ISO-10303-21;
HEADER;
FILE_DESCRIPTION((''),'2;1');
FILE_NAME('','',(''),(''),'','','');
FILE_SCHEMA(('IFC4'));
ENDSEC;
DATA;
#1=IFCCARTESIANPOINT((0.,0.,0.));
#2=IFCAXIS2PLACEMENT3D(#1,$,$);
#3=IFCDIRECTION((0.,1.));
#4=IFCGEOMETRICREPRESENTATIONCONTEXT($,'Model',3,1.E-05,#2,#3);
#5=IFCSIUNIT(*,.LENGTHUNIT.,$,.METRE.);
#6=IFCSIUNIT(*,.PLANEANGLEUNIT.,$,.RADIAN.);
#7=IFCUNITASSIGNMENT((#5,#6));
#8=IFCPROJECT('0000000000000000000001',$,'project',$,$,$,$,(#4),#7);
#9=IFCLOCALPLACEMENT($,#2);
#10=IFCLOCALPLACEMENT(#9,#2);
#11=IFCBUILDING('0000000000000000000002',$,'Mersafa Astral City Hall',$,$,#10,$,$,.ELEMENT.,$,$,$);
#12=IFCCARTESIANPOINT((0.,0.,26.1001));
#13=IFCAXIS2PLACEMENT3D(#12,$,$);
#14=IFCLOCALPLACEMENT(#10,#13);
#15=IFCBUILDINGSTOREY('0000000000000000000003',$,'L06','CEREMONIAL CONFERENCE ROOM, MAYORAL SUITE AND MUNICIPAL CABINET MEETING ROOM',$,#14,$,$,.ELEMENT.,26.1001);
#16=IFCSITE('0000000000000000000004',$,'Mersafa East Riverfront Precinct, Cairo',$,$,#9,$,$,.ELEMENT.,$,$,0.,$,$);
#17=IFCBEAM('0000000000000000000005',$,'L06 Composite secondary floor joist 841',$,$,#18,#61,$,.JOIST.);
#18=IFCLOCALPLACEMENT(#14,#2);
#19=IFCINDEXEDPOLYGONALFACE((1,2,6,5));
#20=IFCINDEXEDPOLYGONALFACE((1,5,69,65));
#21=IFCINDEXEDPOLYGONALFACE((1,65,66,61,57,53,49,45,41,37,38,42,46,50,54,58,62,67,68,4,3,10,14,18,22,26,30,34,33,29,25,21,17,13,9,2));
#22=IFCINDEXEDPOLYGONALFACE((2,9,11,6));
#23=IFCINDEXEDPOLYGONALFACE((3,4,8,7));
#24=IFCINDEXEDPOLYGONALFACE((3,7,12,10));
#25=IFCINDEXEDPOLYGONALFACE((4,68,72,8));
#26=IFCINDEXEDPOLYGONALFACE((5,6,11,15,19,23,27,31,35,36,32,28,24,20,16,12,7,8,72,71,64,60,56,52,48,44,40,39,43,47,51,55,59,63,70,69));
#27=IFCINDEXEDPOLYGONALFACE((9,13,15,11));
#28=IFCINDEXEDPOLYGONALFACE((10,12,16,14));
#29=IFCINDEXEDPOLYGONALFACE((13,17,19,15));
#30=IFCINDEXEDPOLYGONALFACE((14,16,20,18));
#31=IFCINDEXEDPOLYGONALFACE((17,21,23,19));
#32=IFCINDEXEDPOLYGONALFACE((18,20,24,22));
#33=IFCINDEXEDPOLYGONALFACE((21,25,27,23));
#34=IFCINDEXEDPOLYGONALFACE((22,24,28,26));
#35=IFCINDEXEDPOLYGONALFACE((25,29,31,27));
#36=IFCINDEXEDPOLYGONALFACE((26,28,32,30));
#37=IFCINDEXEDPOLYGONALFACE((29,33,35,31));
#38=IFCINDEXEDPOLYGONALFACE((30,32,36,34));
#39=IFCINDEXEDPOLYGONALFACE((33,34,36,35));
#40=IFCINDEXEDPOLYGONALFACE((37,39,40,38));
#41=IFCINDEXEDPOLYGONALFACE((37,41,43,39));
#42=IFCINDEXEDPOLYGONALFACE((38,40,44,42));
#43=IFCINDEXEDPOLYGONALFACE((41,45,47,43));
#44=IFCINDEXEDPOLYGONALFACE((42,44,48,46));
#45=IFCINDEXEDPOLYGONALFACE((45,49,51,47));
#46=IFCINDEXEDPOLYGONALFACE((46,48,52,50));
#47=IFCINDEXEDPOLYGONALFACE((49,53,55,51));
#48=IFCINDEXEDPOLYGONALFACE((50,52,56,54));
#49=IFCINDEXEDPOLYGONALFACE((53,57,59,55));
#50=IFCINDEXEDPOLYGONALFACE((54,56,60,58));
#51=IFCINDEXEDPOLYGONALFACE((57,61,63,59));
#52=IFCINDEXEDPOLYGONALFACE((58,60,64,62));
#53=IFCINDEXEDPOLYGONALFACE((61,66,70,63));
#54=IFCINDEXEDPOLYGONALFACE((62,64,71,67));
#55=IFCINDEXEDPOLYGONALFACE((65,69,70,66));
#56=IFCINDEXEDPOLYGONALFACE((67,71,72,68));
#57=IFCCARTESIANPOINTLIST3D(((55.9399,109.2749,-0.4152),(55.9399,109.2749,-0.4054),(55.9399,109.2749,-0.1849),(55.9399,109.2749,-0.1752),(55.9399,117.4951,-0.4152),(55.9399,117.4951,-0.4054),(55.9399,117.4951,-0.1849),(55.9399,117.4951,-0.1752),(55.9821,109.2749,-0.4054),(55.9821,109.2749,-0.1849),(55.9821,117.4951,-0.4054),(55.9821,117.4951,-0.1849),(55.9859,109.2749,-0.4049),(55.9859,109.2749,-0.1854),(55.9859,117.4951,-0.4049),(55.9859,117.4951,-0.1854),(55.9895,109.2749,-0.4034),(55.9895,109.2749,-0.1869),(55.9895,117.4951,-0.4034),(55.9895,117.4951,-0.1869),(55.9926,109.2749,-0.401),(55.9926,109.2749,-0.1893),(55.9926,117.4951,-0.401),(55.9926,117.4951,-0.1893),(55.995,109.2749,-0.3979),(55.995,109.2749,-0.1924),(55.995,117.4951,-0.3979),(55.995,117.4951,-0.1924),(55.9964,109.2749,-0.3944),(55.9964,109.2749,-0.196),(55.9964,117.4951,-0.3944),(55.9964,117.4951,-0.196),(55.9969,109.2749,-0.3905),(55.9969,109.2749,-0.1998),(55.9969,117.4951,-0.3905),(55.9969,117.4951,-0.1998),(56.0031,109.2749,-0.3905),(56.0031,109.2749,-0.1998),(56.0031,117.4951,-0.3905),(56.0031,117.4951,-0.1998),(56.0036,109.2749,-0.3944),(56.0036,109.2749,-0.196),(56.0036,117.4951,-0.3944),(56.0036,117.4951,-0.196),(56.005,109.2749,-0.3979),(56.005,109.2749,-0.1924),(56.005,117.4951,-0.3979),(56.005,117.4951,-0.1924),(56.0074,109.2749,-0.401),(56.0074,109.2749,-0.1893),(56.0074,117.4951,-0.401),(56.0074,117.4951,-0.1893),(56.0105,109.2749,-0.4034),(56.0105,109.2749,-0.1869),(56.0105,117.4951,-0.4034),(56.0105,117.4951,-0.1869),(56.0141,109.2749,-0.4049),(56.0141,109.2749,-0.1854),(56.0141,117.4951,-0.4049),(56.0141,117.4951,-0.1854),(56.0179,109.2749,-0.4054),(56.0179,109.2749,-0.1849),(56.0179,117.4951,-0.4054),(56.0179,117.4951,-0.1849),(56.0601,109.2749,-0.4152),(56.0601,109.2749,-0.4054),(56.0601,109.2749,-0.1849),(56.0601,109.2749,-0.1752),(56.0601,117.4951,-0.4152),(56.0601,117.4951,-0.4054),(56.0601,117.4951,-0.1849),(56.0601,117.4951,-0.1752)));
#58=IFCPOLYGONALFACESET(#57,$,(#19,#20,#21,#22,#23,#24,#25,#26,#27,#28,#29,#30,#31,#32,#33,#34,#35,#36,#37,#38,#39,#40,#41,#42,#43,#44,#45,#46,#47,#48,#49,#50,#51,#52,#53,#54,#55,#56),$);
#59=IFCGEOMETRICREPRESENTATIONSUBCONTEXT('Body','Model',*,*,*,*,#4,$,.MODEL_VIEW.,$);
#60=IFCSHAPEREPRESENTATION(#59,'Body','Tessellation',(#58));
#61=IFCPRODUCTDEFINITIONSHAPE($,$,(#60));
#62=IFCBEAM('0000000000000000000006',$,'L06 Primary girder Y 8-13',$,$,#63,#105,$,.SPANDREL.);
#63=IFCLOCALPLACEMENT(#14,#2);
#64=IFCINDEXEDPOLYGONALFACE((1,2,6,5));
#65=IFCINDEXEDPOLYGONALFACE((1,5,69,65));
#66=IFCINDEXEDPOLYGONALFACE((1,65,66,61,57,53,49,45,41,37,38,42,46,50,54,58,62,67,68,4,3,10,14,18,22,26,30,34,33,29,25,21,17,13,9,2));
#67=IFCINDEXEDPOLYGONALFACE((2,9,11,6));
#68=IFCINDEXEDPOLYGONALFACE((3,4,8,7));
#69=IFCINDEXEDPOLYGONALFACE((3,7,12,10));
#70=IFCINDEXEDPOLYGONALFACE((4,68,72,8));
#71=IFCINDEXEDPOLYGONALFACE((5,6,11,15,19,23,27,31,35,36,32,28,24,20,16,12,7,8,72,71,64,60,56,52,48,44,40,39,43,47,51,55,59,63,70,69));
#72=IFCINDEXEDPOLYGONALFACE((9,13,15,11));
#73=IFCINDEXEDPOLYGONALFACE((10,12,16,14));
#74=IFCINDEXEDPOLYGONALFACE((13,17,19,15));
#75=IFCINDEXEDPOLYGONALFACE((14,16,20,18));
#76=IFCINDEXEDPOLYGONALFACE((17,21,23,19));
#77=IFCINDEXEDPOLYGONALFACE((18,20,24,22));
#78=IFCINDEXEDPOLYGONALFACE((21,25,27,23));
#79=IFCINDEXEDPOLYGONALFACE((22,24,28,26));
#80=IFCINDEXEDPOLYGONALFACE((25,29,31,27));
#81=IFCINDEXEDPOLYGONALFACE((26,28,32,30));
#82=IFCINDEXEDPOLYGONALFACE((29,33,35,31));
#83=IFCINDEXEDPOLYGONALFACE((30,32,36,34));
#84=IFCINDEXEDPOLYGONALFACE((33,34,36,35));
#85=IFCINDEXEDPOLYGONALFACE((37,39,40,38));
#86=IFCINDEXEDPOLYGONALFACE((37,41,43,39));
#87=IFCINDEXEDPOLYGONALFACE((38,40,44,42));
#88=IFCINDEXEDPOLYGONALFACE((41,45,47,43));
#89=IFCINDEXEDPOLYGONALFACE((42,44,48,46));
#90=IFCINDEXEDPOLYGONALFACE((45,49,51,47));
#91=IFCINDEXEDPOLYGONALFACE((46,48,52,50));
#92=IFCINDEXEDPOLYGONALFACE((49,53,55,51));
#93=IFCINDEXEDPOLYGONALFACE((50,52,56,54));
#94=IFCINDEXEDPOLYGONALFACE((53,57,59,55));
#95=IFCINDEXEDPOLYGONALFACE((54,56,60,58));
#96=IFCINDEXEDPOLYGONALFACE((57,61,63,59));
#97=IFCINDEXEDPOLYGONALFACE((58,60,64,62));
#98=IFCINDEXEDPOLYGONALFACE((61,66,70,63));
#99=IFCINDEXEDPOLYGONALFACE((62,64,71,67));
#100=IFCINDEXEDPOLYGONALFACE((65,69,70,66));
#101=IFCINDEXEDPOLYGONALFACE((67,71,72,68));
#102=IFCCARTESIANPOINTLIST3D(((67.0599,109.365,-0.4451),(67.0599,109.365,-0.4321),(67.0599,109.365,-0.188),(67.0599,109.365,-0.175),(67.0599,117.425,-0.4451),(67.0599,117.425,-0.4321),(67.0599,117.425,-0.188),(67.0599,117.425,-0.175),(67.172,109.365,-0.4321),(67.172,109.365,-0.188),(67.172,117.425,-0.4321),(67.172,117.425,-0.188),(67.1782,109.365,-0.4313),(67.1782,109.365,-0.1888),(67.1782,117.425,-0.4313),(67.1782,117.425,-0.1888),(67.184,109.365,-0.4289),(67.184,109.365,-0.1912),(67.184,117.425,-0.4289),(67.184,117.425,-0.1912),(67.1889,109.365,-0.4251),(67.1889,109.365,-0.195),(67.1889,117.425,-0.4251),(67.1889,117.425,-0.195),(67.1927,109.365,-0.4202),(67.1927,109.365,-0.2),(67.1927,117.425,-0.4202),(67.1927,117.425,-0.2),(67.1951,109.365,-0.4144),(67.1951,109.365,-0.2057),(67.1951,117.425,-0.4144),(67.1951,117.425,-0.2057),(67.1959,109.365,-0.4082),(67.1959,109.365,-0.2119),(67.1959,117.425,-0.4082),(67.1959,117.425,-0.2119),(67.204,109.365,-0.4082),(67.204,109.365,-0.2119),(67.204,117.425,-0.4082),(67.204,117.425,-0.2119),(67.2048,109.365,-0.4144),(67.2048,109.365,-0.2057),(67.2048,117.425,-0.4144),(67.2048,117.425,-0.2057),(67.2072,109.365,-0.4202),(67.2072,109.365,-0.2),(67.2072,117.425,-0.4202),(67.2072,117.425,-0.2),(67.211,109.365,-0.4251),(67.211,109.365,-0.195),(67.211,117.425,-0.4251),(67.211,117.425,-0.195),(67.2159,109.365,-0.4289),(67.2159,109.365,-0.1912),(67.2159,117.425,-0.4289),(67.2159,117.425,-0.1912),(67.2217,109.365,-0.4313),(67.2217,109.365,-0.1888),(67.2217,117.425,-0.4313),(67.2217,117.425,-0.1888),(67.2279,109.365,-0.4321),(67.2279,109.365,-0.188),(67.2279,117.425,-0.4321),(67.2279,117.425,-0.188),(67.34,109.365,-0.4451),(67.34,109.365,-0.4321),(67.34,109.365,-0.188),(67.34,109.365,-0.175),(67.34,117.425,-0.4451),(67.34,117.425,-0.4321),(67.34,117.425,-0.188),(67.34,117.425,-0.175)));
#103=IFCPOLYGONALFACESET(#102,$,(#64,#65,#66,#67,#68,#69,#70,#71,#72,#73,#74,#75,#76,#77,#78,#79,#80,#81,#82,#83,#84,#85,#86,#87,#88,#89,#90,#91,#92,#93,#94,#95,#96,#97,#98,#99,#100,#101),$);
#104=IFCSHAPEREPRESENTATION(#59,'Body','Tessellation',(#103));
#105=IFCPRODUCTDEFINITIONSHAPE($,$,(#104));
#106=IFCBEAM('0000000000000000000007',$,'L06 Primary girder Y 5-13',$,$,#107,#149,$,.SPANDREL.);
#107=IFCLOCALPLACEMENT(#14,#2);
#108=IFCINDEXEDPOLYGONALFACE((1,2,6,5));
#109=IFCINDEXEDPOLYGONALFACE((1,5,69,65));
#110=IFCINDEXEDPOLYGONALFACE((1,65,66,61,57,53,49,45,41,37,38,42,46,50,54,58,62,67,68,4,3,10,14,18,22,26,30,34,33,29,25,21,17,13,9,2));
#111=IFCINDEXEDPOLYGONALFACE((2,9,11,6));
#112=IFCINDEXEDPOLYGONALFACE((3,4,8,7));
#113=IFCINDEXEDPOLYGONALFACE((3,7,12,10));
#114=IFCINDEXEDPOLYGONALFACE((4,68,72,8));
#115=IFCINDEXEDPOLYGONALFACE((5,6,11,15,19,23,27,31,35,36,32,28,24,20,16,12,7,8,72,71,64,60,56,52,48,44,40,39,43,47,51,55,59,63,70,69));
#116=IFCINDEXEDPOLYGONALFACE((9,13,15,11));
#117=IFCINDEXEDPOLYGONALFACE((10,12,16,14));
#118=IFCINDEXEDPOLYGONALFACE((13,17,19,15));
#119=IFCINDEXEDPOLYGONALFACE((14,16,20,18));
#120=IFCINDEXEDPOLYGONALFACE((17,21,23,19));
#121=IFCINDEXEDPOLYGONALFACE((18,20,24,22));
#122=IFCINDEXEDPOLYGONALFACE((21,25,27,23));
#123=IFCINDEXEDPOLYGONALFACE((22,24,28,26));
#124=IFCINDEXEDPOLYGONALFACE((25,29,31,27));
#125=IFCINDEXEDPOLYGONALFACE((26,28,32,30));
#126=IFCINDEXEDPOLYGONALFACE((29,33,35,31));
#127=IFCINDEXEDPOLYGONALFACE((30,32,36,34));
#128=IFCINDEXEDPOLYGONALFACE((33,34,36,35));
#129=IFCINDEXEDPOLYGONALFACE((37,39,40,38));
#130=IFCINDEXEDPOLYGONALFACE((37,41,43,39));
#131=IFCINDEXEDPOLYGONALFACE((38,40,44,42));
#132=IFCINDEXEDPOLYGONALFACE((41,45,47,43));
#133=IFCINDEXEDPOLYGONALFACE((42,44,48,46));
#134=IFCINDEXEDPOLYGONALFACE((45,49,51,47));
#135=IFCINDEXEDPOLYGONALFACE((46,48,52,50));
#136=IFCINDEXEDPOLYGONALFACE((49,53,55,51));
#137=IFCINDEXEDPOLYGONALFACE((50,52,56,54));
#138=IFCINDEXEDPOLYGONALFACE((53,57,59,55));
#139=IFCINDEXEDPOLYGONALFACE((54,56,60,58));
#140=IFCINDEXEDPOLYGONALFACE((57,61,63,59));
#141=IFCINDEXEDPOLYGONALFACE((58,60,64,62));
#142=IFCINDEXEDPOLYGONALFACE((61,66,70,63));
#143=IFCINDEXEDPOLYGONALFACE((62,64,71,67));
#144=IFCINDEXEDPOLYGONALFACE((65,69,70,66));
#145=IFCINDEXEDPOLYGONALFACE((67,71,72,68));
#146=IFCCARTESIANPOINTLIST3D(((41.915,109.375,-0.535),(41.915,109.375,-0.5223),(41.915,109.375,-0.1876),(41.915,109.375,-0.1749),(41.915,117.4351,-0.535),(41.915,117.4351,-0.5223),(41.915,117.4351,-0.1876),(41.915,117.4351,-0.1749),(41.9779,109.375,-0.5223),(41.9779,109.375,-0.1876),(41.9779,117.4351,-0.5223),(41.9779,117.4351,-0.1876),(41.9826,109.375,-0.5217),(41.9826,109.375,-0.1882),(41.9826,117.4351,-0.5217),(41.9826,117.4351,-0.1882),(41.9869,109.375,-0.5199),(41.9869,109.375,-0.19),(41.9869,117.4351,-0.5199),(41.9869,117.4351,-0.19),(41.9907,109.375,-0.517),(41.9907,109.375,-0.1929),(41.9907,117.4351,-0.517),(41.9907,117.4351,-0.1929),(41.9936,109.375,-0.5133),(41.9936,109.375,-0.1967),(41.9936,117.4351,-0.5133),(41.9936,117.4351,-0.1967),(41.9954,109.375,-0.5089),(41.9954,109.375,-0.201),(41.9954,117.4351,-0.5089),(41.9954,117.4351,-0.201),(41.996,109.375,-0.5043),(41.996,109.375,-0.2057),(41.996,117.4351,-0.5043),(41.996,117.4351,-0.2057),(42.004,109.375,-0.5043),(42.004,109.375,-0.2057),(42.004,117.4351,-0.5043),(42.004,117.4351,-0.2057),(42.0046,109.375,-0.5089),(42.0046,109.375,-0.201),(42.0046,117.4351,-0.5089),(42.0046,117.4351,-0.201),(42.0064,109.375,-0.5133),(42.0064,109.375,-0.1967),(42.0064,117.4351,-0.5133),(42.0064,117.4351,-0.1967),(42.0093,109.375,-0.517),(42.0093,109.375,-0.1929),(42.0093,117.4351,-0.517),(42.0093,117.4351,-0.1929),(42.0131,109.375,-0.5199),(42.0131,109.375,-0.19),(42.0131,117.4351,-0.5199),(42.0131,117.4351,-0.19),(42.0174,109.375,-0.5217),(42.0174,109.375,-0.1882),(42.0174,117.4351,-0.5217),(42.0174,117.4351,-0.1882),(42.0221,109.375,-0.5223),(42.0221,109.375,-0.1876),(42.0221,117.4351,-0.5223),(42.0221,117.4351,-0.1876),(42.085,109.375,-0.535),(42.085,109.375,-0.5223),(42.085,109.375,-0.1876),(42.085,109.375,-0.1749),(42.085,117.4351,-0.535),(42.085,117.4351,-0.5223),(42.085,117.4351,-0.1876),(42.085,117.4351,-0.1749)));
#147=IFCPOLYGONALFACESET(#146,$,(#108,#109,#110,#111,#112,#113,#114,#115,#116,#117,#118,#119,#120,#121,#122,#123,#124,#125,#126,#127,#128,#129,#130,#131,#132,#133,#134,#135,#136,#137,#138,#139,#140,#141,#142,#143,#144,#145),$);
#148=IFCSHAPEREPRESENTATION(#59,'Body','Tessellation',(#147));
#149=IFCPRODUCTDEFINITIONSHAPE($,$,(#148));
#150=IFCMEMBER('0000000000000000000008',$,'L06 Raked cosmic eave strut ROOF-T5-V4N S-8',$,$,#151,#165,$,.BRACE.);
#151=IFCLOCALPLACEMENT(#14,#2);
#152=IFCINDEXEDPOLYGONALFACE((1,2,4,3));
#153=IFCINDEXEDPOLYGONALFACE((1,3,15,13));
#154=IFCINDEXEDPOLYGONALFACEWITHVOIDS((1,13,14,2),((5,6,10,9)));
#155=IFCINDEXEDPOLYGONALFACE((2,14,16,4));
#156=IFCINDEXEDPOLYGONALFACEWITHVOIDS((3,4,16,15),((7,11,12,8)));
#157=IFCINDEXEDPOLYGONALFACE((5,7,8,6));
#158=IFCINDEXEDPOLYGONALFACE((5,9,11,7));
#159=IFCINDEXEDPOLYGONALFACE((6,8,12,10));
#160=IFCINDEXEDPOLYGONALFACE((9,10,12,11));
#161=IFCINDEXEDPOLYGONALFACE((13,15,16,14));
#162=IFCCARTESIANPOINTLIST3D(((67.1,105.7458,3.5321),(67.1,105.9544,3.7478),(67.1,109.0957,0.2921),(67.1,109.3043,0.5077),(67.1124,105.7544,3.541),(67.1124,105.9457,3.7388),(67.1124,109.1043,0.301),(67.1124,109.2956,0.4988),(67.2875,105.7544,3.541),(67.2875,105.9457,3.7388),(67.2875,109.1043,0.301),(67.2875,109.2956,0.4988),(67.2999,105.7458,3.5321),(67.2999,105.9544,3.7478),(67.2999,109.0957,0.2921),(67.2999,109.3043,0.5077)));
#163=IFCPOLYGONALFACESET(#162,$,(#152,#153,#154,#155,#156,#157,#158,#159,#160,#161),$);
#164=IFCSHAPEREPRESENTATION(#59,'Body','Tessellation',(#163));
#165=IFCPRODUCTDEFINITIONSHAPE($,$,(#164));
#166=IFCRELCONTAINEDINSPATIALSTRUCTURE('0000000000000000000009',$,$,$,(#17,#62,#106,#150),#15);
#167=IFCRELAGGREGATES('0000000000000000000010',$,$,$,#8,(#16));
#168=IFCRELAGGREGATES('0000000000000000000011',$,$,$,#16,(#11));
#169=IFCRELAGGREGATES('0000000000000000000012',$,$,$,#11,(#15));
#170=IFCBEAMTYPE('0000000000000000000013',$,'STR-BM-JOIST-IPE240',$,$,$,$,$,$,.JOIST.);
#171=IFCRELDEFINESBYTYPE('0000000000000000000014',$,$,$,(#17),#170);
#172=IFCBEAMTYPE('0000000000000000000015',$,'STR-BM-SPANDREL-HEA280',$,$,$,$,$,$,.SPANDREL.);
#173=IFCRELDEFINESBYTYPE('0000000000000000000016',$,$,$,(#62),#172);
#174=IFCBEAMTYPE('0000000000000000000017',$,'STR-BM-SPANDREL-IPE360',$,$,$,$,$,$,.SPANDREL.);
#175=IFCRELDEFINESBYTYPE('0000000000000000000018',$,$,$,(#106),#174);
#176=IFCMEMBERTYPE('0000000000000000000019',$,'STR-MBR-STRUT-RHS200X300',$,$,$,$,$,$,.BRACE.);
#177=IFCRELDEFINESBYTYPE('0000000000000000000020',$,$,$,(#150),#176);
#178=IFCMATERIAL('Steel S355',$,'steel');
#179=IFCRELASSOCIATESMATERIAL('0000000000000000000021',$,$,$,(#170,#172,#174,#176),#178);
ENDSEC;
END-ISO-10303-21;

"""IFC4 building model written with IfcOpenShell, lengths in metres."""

from ifc_helpers import new_model, si_unit, direction, frame, origin, origin_2d, place, context, subcontext, project, spatial, hollow_rectangle, i_section, extrude, material, material_profile, profile_set, type_object, element, save


model = new_model("IFC4")

# Units and contexts
model_context = context("Model", 3, precision=1e-05, world=origin(), true_north=direction((0.0, 1.0)))
body_context = subcontext(model_context, "Body", "Model", "MODEL_VIEW")
ifc_project = project(units=[si_unit("LENGTHUNIT", "METRE"), si_unit("PLANEANGLEUNIT", "RADIAN")], contexts=[model_context])

# Site, building, storey
site_placement = place(None, origin())
site = spatial("IfcSite", under=ifc_project, at=site_placement, Name="Mersafa East Riverfront Precinct, Cairo", CompositionType="ELEMENT", RefElevation=0.0)
building_placement = place(site_placement, origin())
building = spatial("IfcBuilding", under=site, at=building_placement, Name="Mersafa Astral City Hall", CompositionType="ELEMENT")
storey_placement = place(building_placement, frame((0.0, 0.0, 26.1001)))
storey = spatial("IfcBuildingStorey", under=building, at=storey_placement, Name="L06", Description="CEREMONIAL CONFERENCE ROOM, MAYORAL SUITE AND MUNICIPAL CABINET MEETING ROOM", CompositionType="ELEMENT", Elevation=26.1001)

# Shared definitions
ifc_material_1 = material(Name="Steel S355", Category="steel")

# Beams
ifc_material_profile_1 = material_profile(ifc_material_1, i_section(OverallWidth=0.1201, OverallDepth=0.24, WebThickness=0.0061, FlangeThickness=0.0098, FilletRadius=0.0149, at=origin_2d()), Name="IPE 240")
ifc_profile_set_1 = profile_set([ifc_material_profile_1], Name="Steel S355")
beam_type_1 = type_object("IfcBeamType", Name="STR-BM-JOIST-IPE240", PredefinedType="JOIST", material=ifc_profile_set_1)
for number, where, z_axis, x_axis, name in (
    (1, (56.0, 109.2749, -0.2952), (0.0, 1.0, 0.0), (-1.0, 0.0, 0.0), "L06 Composite secondary floor joist 841"),
):
    element("IfcBeam", number, at=place(storey_placement, frame(where, z_axis=z_axis, x_axis=x_axis)), inside=storey, type_object=beam_type_1, Name=name, PredefinedType="JOIST", context=body_context, shape_type="SweptSolid", body=[
        extrude(i_section(OverallWidth=0.1201, OverallDepth=0.24, WebThickness=0.0061, FlangeThickness=0.0098, FilletRadius=0.0149, at=origin_2d()), origin(), (0.0, 0.0, 1.0), 8.2202),
    ])
ifc_material_profile_2 = material_profile(ifc_material_1, i_section(OverallWidth=0.28, OverallDepth=0.27, WebThickness=0.0081, FlangeThickness=0.0129, FilletRadius=0.0239, at=origin_2d()), Name="HEA 280")
ifc_profile_set_2 = profile_set([ifc_material_profile_2], Name="Steel S355")
beam_type_2 = type_object("IfcBeamType", Name="STR-BM-SPANDREL-HEA280", PredefinedType="SPANDREL", material=ifc_profile_set_2)
beam_1_placement = place(storey_placement, frame((67.2, 109.365, -0.3101), z_axis=(0.0, 1.0, 0.0), x_axis=(-1.0, 0.0, 0.0)))
element("IfcBeam", 2, at=beam_1_placement, inside=storey, type_object=beam_type_2, Name="L06 Primary girder Y 8-13", PredefinedType="SPANDREL", context=body_context, shape_type="SweptSolid", body=[
    extrude(i_section(OverallWidth=0.28, OverallDepth=0.27, WebThickness=0.0081, FlangeThickness=0.0129, FilletRadius=0.0239, at=origin_2d()), origin(), (0.0, 0.0, 1.0), 8.0601),
])
ifc_material_profile_3 = material_profile(ifc_material_1, i_section(OverallWidth=0.1699, OverallDepth=0.3601, WebThickness=0.0081, FlangeThickness=0.0127, FilletRadius=0.0181, at=origin_2d()), Name="IPE 360")
ifc_profile_set_3 = profile_set([ifc_material_profile_3], Name="Steel S355")
beam_type_3 = type_object("IfcBeamType", Name="STR-BM-SPANDREL-IPE360", PredefinedType="SPANDREL", material=ifc_profile_set_3)
beam_2_placement = place(storey_placement, frame((42.0, 109.375, -0.355), z_axis=(0.0, 1.0, 0.0), x_axis=(-1.0, 0.0, 0.0)))
element("IfcBeam", 3, at=beam_2_placement, inside=storey, type_object=beam_type_3, Name="L06 Primary girder Y 5-13", PredefinedType="SPANDREL", context=body_context, shape_type="SweptSolid", body=[
    extrude(i_section(OverallWidth=0.1699, OverallDepth=0.3601, WebThickness=0.0081, FlangeThickness=0.0127, FilletRadius=0.0181, at=origin_2d()), origin(), (0.0, 0.0, 1.0), 8.0601),
])

# Member
ifc_material_profile_4 = material_profile(ifc_material_1, hollow_rectangle(XDim=0.2, YDim=0.3, WallThickness=0.0125, at=origin_2d()), Name="RHS 200x300x12.5")
ifc_profile_set_4 = profile_set([ifc_material_profile_4], Name="Steel S355")
member_type_1 = type_object("IfcMemberType", Name="STR-MBR-STRUT-RHS200X300", PredefinedType="BRACE", material=ifc_profile_set_4)
member_1_placement = place(storey_placement, frame((67.2, 109.2, 0.3999), z_axis=(0.0, -0.718796, 0.695222), x_axis=(1.0, 0.0, 0.0)))
element("IfcMember", 4, at=member_1_placement, inside=storey, type_object=member_type_1, Name="L06 Raked cosmic eave strut ROOF-T5-V4N S-8", PredefinedType="BRACE", context=body_context, shape_type="SweptSolid", body=[
    extrude(hollow_rectangle(XDim=0.2, YDim=0.3, WallThickness=0.0125, at=origin_2d()), origin(), (0.0, 0.0, 1.0), 4.6604),
])

save(model, "model.ifc")
